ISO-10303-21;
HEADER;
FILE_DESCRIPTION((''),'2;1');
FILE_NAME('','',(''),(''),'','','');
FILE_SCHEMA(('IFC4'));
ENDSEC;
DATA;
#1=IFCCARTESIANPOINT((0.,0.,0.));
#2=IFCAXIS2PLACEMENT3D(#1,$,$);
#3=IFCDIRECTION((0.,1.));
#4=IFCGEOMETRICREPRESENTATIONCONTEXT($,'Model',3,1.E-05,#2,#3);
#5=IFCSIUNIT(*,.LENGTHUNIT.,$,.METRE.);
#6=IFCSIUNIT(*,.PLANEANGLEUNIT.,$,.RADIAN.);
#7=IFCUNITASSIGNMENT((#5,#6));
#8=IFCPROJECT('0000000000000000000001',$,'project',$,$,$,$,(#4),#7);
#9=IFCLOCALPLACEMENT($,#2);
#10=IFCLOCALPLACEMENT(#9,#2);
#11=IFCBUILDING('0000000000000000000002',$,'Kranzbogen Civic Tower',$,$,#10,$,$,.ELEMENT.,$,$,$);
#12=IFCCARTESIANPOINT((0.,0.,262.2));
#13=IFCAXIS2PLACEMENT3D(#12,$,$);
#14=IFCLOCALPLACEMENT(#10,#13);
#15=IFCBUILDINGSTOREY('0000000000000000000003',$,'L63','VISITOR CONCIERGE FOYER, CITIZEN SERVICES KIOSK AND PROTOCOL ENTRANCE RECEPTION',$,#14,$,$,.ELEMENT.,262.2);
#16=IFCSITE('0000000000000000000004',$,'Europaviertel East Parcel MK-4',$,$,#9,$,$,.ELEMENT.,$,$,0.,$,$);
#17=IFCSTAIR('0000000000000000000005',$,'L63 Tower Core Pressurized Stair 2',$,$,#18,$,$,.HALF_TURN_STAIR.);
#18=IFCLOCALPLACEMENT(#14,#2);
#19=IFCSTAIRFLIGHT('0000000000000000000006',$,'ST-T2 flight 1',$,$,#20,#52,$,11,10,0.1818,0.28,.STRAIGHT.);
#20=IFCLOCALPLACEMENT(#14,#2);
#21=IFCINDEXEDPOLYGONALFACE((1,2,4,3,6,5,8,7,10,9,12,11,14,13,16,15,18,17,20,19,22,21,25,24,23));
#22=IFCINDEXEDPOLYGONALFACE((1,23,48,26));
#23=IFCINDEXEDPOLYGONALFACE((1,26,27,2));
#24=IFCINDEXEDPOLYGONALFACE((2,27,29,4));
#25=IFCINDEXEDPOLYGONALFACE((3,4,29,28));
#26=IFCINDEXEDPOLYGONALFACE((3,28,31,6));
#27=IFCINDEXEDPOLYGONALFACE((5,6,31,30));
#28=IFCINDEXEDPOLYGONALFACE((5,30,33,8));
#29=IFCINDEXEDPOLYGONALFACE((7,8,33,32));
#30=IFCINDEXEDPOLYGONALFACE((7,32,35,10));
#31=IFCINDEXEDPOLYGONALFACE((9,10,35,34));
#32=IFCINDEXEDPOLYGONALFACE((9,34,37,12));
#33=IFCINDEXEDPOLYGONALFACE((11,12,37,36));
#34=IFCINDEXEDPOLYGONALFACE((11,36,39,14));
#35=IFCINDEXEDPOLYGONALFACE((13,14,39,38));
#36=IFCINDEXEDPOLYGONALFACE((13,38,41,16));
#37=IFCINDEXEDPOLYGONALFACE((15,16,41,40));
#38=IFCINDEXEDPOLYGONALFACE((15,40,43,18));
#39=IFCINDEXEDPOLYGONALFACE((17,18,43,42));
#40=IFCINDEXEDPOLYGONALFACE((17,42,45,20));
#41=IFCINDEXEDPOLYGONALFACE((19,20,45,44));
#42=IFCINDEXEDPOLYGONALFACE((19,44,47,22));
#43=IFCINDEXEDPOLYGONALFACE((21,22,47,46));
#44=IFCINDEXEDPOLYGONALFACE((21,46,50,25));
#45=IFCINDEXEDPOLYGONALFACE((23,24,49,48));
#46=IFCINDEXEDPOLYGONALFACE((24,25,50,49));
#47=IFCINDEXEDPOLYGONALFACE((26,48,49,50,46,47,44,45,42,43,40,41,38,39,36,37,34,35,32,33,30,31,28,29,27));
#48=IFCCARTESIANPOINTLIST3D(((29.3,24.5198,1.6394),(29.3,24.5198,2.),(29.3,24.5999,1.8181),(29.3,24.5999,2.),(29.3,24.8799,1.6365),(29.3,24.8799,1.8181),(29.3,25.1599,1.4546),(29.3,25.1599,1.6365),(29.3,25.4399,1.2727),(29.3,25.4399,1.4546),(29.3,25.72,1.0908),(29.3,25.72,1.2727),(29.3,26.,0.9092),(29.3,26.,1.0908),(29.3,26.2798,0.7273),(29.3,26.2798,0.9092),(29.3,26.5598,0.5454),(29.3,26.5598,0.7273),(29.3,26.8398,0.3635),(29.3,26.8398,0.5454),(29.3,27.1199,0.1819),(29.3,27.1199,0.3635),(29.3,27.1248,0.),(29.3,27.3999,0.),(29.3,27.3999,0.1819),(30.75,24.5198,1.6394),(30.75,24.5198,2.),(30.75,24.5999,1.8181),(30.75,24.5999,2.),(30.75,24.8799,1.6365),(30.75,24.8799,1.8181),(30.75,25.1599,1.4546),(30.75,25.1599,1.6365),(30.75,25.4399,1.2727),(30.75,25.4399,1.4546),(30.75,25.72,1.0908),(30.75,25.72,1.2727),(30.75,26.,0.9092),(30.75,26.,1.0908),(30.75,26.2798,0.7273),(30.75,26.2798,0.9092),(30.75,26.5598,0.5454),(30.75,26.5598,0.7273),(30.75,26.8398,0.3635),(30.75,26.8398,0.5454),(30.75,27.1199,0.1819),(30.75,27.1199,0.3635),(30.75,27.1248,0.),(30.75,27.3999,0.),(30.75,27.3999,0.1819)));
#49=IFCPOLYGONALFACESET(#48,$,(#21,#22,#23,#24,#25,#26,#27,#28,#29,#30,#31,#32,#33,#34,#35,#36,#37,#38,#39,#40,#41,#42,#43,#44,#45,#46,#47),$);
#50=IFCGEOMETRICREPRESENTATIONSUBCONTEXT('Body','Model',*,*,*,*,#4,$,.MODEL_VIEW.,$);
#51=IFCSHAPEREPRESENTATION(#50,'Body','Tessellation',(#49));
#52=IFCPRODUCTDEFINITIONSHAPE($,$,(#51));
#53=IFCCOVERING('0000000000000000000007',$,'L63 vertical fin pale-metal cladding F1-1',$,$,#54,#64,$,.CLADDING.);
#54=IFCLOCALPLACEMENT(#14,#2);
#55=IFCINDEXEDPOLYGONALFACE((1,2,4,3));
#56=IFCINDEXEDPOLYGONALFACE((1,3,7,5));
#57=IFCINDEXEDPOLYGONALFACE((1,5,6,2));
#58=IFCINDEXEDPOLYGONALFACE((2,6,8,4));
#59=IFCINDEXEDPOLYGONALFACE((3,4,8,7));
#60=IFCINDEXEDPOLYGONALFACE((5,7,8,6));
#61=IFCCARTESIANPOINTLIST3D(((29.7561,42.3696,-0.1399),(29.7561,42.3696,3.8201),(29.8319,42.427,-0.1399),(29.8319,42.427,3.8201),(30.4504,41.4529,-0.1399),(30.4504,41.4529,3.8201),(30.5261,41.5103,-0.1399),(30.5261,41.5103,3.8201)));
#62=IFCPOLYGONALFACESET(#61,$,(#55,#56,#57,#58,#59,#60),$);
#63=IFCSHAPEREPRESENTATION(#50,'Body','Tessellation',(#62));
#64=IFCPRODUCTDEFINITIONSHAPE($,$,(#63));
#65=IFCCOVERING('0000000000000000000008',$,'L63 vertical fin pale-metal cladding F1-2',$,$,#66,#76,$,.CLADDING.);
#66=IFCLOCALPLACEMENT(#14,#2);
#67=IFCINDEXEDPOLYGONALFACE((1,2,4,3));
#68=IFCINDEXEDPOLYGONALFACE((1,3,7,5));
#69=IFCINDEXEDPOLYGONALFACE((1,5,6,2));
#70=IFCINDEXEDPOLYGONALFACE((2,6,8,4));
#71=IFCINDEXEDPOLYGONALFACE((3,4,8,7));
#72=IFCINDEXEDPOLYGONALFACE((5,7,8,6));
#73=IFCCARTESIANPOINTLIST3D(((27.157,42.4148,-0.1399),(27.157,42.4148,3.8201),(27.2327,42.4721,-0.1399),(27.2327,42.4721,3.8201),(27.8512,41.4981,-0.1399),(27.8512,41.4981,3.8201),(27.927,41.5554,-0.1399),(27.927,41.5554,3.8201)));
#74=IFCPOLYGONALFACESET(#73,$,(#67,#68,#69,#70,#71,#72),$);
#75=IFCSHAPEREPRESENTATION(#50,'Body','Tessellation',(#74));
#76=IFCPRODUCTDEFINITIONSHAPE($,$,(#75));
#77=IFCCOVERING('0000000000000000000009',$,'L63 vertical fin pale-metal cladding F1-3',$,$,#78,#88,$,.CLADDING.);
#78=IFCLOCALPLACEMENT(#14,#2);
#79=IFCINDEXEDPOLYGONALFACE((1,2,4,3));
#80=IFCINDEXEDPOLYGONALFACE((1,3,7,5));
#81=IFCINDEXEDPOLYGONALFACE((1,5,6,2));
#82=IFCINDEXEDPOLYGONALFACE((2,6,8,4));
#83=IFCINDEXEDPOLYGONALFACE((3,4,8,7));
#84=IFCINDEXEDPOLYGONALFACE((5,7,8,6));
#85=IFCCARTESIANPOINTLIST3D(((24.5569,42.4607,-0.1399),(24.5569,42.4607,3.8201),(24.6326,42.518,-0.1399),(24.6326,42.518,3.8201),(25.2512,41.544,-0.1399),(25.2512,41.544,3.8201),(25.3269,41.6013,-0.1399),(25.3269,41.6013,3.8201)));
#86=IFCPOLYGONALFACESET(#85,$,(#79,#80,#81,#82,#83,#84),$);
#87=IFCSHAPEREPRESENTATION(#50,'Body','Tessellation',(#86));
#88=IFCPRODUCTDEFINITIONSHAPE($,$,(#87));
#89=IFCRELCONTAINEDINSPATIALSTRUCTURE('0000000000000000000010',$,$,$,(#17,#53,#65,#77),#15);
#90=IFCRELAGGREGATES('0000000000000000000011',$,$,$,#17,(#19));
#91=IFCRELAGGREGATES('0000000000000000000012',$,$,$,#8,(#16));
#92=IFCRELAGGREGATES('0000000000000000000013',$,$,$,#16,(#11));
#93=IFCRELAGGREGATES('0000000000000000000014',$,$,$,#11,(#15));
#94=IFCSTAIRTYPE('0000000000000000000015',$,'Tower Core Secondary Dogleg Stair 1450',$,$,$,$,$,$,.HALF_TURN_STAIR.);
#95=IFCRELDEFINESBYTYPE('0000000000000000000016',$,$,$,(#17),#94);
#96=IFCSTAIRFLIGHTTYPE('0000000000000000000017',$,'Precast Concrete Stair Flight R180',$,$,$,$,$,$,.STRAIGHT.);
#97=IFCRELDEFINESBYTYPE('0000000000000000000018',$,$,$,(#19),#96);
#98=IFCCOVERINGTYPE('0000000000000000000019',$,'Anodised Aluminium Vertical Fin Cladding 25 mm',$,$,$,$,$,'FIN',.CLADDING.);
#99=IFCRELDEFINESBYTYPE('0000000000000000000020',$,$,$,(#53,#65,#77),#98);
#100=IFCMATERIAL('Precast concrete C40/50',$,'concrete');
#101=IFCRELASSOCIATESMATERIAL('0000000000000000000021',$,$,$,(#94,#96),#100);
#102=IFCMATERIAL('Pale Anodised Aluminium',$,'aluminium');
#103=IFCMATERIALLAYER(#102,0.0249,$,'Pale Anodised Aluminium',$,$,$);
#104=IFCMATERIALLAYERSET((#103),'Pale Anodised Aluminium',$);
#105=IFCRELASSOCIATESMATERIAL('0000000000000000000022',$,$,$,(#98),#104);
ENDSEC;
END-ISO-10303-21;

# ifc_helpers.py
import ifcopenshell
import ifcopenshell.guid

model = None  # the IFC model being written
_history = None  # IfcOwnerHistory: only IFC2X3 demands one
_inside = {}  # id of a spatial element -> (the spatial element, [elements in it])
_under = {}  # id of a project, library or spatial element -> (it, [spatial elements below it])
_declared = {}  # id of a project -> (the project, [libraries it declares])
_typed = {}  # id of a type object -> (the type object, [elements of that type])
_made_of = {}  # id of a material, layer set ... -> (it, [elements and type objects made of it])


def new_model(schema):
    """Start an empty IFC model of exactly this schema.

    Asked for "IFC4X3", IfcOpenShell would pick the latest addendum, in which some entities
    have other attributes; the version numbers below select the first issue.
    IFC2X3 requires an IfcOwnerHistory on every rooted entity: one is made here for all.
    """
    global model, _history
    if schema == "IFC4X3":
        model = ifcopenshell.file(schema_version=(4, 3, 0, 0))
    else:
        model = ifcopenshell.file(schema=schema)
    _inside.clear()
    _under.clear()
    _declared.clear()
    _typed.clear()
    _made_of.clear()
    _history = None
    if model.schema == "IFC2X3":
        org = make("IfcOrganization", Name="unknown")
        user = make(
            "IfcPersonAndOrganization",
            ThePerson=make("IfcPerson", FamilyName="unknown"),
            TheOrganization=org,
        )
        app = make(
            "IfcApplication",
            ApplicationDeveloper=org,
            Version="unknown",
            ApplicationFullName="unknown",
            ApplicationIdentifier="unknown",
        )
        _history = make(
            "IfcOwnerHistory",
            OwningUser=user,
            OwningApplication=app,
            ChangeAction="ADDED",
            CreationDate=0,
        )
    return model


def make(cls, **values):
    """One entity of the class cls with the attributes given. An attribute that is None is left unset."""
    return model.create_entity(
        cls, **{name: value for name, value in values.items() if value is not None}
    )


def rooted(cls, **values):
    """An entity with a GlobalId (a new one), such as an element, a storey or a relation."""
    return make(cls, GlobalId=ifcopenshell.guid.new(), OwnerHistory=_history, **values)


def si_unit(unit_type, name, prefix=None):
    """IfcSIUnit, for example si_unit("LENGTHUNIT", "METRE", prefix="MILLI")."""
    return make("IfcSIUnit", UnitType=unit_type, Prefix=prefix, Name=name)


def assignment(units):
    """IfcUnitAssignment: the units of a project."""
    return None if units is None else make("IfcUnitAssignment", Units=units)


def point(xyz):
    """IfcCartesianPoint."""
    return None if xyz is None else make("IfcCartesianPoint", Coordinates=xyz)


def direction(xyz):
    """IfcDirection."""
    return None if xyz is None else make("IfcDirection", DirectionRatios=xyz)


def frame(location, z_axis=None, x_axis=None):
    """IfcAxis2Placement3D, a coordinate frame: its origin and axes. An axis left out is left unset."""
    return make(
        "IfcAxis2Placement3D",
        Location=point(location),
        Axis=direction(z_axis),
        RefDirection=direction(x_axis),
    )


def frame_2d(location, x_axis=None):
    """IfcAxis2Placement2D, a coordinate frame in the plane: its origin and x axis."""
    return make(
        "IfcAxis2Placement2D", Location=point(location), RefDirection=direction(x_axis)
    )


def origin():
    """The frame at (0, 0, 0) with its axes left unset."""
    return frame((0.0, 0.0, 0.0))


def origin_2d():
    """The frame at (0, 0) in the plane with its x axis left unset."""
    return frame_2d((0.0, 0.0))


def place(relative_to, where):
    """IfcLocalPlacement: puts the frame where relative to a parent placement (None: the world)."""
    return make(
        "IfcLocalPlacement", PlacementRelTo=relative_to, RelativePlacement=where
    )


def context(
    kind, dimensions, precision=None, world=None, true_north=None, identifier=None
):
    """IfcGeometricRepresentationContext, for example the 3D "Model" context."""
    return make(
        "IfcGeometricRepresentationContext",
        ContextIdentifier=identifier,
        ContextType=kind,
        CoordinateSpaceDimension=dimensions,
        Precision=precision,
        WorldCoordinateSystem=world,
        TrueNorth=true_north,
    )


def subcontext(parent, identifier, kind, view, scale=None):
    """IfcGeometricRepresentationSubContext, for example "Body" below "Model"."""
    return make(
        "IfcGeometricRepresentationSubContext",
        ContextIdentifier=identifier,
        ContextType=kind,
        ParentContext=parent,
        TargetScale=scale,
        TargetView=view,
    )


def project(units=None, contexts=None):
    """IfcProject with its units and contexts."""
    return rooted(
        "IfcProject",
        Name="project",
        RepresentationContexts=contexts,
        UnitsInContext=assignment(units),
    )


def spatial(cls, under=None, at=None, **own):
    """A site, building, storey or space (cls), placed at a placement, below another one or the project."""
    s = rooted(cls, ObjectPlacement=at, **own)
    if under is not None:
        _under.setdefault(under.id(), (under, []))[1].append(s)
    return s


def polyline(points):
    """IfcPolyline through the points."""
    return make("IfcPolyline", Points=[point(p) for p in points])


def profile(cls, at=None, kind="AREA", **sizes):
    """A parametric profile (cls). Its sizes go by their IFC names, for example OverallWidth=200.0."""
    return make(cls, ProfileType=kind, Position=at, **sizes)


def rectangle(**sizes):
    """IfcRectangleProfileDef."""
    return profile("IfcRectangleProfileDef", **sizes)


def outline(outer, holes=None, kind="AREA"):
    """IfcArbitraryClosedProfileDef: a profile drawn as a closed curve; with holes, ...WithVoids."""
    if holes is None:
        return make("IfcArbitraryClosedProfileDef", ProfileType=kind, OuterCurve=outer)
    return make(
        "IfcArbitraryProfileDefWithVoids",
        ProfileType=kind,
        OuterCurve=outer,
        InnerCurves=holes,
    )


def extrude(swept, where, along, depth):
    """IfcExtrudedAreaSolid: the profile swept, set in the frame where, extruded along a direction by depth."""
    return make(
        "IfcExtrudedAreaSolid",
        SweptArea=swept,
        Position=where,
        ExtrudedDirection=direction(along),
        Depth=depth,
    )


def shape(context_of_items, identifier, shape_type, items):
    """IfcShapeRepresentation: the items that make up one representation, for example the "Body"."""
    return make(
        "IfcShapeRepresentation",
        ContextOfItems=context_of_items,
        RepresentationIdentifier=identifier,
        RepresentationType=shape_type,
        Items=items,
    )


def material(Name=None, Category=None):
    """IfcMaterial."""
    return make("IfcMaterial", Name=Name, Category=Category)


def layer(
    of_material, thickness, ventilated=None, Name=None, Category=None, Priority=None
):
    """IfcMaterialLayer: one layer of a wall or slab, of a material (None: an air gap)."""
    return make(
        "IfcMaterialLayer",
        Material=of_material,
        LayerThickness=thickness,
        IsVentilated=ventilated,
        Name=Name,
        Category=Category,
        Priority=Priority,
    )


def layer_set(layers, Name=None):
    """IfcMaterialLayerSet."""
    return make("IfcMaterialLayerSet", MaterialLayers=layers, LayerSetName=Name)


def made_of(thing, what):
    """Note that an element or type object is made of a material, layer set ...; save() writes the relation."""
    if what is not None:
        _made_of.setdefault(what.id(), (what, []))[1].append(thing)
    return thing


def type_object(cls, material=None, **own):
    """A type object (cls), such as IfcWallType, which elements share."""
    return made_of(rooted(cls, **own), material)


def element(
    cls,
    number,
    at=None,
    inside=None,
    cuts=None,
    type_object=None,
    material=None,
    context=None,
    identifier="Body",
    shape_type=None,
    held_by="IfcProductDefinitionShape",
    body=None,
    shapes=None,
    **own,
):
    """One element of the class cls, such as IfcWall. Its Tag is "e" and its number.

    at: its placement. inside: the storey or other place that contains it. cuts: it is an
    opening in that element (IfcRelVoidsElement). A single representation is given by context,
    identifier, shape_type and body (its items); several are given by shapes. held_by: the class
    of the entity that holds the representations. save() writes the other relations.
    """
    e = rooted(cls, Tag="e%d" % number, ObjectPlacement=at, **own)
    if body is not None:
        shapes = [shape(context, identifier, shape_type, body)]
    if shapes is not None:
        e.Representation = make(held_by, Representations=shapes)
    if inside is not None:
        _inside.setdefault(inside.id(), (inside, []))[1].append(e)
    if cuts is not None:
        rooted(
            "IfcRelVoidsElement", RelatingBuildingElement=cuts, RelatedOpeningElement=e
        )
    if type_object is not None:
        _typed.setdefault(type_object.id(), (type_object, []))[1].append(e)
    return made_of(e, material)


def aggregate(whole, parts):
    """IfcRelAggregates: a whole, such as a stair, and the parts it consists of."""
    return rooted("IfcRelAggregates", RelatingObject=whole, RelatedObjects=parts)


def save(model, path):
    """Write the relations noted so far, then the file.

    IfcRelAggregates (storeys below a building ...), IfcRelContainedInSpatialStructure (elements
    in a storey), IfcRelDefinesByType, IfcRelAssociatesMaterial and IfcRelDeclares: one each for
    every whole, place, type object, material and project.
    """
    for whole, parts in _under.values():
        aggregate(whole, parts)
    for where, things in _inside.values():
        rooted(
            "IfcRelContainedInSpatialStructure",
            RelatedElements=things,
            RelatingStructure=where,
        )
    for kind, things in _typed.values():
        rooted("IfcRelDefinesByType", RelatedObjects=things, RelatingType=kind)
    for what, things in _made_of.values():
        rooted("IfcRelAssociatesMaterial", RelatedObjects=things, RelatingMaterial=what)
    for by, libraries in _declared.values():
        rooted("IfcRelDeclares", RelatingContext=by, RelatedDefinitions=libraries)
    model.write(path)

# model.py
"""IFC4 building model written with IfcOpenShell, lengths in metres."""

from ifc_helpers import new_model, si_unit, direction, frame, origin, origin_2d, place, context, subcontext, project, spatial, polyline, rectangle, outline, extrude, material, layer, layer_set, type_object, element, aggregate, save


model = new_model("IFC4")

# Units and contexts
model_context = context("Model", 3, precision=1e-05, world=origin(), true_north=direction((0.0, 1.0)))
body_context = subcontext(model_context, "Body", "Model", "MODEL_VIEW")
ifc_project = project(units=[si_unit("LENGTHUNIT", "METRE"), si_unit("PLANEANGLEUNIT", "RADIAN")], contexts=[model_context])

# Site, building, storey
site_placement = place(None, origin())
site = spatial("IfcSite", under=ifc_project, at=site_placement, Name="Europaviertel East Parcel MK-4", CompositionType="ELEMENT", RefElevation=0.0)
building_placement = place(site_placement, origin())
building = spatial("IfcBuilding", under=site, at=building_placement, Name="Kranzbogen Civic Tower", CompositionType="ELEMENT")
storey_placement = place(building_placement, frame((0.0, 0.0, 262.2)))
storey = spatial("IfcBuildingStorey", under=building, at=storey_placement, Name="L63", Description="VISITOR CONCIERGE FOYER, CITIZEN SERVICES KIOSK AND PROTOCOL ENTRANCE RECEPTION", CompositionType="ELEMENT", Elevation=262.2)

# Shared definitions
ifc_material_1 = material(Name="Pale Anodised Aluminium", Category="aluminium")

# Stair, stair flight
ifc_material_2 = material(Name="Precast concrete C40/50", Category="concrete")
stair_type = type_object("IfcStairType", Name="Tower Core Secondary Dogleg Stair 1450", PredefinedType="HALF_TURN_STAIR", material=ifc_material_2)
stair_placement = place(storey_placement, origin())
stair = element("IfcStair", 1, at=stair_placement, inside=storey, type_object=stair_type, Name="L63 Tower Core Pressurized Stair 2", PredefinedType="HALF_TURN_STAIR")
stair_flight_type = type_object("IfcStairFlightType", Name="Precast Concrete Stair Flight R180", PredefinedType="STRAIGHT", material=ifc_material_2)
stair_flight_placement = place(storey_placement, frame((30.0249, 27.3999, 0.0), z_axis=(0.0, 0.0, 1.0), x_axis=(0.0, -1.0, 0.0)))
stair_flight = element("IfcStairFlight", 2, at=stair_flight_placement, type_object=stair_flight_type, Name="ST-T2 flight 1", NumberOfRisers=11, NumberOfTreads=10, PredefinedType="STRAIGHT", RiserHeight=0.1818, TreadLength=0.28, context=body_context, shape_type="SweptSolid", body=[
    extrude(outline(polyline([(0.0, 0.0), (0.0, 0.1819), (0.28, 0.1819), (0.28, 0.3635), (0.5601, 0.3635), (0.5601, 0.5454), (0.8401, 0.5454), (0.8401, 0.7273), (1.1201, 0.7273), (1.1201, 0.9092), (1.3999, 0.9092), (1.3999, 1.0908), (1.6799, 1.0908), (1.6799, 1.2727), (1.96, 1.2727), (1.96, 1.4546), (2.24, 1.4546), (2.24, 1.6365), (2.52, 1.6365), (2.52, 1.8181), (2.8, 1.8181), (2.8, 2.0), (2.8801, 2.0), (2.8801, 1.6394), (0.2751, 0.0), (0.0, 0.0)])), frame((0.0, 0.7251, 0.0), z_axis=(0.0, -1.0, 0.0), x_axis=(1.0, 0.0, 0.0)), (0.0, 0.0, 1.0), 1.45),
])
aggregate(stair, [stair_flight])

# Coverings
ifc_layer_1 = layer(ifc_material_1, 0.0249, Name="Pale Anodised Aluminium")
ifc_layer_set_1 = layer_set([ifc_layer_1], Name="Pale Anodised Aluminium")
covering_type = type_object("IfcCoveringType", Name="Anodised Aluminium Vertical Fin Cladding 25 mm", ElementType="FIN", PredefinedType="CLADDING", material=ifc_layer_set_1)
for number, where, z_axis, x_axis, name in (
    (3, (30.1411, 41.9399, -0.1399), (0.0, 0.0, 1.0), (-0.603723, 0.797194, 0.0), "L63 vertical fin pale-metal cladding F1-1"),
    (4, (27.542, 41.9851, -0.1399), (0.0, 0.0, 1.0), (-0.603723, 0.797194, 0.0), "L63 vertical fin pale-metal cladding F1-2"),
    (5, (24.9419, 42.031, -0.1399), (0.0, 0.0, 1.0), (-0.603723, 0.797194, 0.0), "L63 vertical fin pale-metal cladding F1-3"),
):
    element("IfcCovering", number, at=place(storey_placement, frame(where, z_axis=z_axis, x_axis=x_axis)), inside=storey, type_object=covering_type, Name=name, PredefinedType="CLADDING", context=body_context, shape_type="SweptSolid", body=[
        extrude(rectangle(XDim=1.1499, YDim=0.095, at=origin_2d()), origin(), (0.0, 0.0, 1.0), 3.96),
    ])

save(model, "model.ifc")
